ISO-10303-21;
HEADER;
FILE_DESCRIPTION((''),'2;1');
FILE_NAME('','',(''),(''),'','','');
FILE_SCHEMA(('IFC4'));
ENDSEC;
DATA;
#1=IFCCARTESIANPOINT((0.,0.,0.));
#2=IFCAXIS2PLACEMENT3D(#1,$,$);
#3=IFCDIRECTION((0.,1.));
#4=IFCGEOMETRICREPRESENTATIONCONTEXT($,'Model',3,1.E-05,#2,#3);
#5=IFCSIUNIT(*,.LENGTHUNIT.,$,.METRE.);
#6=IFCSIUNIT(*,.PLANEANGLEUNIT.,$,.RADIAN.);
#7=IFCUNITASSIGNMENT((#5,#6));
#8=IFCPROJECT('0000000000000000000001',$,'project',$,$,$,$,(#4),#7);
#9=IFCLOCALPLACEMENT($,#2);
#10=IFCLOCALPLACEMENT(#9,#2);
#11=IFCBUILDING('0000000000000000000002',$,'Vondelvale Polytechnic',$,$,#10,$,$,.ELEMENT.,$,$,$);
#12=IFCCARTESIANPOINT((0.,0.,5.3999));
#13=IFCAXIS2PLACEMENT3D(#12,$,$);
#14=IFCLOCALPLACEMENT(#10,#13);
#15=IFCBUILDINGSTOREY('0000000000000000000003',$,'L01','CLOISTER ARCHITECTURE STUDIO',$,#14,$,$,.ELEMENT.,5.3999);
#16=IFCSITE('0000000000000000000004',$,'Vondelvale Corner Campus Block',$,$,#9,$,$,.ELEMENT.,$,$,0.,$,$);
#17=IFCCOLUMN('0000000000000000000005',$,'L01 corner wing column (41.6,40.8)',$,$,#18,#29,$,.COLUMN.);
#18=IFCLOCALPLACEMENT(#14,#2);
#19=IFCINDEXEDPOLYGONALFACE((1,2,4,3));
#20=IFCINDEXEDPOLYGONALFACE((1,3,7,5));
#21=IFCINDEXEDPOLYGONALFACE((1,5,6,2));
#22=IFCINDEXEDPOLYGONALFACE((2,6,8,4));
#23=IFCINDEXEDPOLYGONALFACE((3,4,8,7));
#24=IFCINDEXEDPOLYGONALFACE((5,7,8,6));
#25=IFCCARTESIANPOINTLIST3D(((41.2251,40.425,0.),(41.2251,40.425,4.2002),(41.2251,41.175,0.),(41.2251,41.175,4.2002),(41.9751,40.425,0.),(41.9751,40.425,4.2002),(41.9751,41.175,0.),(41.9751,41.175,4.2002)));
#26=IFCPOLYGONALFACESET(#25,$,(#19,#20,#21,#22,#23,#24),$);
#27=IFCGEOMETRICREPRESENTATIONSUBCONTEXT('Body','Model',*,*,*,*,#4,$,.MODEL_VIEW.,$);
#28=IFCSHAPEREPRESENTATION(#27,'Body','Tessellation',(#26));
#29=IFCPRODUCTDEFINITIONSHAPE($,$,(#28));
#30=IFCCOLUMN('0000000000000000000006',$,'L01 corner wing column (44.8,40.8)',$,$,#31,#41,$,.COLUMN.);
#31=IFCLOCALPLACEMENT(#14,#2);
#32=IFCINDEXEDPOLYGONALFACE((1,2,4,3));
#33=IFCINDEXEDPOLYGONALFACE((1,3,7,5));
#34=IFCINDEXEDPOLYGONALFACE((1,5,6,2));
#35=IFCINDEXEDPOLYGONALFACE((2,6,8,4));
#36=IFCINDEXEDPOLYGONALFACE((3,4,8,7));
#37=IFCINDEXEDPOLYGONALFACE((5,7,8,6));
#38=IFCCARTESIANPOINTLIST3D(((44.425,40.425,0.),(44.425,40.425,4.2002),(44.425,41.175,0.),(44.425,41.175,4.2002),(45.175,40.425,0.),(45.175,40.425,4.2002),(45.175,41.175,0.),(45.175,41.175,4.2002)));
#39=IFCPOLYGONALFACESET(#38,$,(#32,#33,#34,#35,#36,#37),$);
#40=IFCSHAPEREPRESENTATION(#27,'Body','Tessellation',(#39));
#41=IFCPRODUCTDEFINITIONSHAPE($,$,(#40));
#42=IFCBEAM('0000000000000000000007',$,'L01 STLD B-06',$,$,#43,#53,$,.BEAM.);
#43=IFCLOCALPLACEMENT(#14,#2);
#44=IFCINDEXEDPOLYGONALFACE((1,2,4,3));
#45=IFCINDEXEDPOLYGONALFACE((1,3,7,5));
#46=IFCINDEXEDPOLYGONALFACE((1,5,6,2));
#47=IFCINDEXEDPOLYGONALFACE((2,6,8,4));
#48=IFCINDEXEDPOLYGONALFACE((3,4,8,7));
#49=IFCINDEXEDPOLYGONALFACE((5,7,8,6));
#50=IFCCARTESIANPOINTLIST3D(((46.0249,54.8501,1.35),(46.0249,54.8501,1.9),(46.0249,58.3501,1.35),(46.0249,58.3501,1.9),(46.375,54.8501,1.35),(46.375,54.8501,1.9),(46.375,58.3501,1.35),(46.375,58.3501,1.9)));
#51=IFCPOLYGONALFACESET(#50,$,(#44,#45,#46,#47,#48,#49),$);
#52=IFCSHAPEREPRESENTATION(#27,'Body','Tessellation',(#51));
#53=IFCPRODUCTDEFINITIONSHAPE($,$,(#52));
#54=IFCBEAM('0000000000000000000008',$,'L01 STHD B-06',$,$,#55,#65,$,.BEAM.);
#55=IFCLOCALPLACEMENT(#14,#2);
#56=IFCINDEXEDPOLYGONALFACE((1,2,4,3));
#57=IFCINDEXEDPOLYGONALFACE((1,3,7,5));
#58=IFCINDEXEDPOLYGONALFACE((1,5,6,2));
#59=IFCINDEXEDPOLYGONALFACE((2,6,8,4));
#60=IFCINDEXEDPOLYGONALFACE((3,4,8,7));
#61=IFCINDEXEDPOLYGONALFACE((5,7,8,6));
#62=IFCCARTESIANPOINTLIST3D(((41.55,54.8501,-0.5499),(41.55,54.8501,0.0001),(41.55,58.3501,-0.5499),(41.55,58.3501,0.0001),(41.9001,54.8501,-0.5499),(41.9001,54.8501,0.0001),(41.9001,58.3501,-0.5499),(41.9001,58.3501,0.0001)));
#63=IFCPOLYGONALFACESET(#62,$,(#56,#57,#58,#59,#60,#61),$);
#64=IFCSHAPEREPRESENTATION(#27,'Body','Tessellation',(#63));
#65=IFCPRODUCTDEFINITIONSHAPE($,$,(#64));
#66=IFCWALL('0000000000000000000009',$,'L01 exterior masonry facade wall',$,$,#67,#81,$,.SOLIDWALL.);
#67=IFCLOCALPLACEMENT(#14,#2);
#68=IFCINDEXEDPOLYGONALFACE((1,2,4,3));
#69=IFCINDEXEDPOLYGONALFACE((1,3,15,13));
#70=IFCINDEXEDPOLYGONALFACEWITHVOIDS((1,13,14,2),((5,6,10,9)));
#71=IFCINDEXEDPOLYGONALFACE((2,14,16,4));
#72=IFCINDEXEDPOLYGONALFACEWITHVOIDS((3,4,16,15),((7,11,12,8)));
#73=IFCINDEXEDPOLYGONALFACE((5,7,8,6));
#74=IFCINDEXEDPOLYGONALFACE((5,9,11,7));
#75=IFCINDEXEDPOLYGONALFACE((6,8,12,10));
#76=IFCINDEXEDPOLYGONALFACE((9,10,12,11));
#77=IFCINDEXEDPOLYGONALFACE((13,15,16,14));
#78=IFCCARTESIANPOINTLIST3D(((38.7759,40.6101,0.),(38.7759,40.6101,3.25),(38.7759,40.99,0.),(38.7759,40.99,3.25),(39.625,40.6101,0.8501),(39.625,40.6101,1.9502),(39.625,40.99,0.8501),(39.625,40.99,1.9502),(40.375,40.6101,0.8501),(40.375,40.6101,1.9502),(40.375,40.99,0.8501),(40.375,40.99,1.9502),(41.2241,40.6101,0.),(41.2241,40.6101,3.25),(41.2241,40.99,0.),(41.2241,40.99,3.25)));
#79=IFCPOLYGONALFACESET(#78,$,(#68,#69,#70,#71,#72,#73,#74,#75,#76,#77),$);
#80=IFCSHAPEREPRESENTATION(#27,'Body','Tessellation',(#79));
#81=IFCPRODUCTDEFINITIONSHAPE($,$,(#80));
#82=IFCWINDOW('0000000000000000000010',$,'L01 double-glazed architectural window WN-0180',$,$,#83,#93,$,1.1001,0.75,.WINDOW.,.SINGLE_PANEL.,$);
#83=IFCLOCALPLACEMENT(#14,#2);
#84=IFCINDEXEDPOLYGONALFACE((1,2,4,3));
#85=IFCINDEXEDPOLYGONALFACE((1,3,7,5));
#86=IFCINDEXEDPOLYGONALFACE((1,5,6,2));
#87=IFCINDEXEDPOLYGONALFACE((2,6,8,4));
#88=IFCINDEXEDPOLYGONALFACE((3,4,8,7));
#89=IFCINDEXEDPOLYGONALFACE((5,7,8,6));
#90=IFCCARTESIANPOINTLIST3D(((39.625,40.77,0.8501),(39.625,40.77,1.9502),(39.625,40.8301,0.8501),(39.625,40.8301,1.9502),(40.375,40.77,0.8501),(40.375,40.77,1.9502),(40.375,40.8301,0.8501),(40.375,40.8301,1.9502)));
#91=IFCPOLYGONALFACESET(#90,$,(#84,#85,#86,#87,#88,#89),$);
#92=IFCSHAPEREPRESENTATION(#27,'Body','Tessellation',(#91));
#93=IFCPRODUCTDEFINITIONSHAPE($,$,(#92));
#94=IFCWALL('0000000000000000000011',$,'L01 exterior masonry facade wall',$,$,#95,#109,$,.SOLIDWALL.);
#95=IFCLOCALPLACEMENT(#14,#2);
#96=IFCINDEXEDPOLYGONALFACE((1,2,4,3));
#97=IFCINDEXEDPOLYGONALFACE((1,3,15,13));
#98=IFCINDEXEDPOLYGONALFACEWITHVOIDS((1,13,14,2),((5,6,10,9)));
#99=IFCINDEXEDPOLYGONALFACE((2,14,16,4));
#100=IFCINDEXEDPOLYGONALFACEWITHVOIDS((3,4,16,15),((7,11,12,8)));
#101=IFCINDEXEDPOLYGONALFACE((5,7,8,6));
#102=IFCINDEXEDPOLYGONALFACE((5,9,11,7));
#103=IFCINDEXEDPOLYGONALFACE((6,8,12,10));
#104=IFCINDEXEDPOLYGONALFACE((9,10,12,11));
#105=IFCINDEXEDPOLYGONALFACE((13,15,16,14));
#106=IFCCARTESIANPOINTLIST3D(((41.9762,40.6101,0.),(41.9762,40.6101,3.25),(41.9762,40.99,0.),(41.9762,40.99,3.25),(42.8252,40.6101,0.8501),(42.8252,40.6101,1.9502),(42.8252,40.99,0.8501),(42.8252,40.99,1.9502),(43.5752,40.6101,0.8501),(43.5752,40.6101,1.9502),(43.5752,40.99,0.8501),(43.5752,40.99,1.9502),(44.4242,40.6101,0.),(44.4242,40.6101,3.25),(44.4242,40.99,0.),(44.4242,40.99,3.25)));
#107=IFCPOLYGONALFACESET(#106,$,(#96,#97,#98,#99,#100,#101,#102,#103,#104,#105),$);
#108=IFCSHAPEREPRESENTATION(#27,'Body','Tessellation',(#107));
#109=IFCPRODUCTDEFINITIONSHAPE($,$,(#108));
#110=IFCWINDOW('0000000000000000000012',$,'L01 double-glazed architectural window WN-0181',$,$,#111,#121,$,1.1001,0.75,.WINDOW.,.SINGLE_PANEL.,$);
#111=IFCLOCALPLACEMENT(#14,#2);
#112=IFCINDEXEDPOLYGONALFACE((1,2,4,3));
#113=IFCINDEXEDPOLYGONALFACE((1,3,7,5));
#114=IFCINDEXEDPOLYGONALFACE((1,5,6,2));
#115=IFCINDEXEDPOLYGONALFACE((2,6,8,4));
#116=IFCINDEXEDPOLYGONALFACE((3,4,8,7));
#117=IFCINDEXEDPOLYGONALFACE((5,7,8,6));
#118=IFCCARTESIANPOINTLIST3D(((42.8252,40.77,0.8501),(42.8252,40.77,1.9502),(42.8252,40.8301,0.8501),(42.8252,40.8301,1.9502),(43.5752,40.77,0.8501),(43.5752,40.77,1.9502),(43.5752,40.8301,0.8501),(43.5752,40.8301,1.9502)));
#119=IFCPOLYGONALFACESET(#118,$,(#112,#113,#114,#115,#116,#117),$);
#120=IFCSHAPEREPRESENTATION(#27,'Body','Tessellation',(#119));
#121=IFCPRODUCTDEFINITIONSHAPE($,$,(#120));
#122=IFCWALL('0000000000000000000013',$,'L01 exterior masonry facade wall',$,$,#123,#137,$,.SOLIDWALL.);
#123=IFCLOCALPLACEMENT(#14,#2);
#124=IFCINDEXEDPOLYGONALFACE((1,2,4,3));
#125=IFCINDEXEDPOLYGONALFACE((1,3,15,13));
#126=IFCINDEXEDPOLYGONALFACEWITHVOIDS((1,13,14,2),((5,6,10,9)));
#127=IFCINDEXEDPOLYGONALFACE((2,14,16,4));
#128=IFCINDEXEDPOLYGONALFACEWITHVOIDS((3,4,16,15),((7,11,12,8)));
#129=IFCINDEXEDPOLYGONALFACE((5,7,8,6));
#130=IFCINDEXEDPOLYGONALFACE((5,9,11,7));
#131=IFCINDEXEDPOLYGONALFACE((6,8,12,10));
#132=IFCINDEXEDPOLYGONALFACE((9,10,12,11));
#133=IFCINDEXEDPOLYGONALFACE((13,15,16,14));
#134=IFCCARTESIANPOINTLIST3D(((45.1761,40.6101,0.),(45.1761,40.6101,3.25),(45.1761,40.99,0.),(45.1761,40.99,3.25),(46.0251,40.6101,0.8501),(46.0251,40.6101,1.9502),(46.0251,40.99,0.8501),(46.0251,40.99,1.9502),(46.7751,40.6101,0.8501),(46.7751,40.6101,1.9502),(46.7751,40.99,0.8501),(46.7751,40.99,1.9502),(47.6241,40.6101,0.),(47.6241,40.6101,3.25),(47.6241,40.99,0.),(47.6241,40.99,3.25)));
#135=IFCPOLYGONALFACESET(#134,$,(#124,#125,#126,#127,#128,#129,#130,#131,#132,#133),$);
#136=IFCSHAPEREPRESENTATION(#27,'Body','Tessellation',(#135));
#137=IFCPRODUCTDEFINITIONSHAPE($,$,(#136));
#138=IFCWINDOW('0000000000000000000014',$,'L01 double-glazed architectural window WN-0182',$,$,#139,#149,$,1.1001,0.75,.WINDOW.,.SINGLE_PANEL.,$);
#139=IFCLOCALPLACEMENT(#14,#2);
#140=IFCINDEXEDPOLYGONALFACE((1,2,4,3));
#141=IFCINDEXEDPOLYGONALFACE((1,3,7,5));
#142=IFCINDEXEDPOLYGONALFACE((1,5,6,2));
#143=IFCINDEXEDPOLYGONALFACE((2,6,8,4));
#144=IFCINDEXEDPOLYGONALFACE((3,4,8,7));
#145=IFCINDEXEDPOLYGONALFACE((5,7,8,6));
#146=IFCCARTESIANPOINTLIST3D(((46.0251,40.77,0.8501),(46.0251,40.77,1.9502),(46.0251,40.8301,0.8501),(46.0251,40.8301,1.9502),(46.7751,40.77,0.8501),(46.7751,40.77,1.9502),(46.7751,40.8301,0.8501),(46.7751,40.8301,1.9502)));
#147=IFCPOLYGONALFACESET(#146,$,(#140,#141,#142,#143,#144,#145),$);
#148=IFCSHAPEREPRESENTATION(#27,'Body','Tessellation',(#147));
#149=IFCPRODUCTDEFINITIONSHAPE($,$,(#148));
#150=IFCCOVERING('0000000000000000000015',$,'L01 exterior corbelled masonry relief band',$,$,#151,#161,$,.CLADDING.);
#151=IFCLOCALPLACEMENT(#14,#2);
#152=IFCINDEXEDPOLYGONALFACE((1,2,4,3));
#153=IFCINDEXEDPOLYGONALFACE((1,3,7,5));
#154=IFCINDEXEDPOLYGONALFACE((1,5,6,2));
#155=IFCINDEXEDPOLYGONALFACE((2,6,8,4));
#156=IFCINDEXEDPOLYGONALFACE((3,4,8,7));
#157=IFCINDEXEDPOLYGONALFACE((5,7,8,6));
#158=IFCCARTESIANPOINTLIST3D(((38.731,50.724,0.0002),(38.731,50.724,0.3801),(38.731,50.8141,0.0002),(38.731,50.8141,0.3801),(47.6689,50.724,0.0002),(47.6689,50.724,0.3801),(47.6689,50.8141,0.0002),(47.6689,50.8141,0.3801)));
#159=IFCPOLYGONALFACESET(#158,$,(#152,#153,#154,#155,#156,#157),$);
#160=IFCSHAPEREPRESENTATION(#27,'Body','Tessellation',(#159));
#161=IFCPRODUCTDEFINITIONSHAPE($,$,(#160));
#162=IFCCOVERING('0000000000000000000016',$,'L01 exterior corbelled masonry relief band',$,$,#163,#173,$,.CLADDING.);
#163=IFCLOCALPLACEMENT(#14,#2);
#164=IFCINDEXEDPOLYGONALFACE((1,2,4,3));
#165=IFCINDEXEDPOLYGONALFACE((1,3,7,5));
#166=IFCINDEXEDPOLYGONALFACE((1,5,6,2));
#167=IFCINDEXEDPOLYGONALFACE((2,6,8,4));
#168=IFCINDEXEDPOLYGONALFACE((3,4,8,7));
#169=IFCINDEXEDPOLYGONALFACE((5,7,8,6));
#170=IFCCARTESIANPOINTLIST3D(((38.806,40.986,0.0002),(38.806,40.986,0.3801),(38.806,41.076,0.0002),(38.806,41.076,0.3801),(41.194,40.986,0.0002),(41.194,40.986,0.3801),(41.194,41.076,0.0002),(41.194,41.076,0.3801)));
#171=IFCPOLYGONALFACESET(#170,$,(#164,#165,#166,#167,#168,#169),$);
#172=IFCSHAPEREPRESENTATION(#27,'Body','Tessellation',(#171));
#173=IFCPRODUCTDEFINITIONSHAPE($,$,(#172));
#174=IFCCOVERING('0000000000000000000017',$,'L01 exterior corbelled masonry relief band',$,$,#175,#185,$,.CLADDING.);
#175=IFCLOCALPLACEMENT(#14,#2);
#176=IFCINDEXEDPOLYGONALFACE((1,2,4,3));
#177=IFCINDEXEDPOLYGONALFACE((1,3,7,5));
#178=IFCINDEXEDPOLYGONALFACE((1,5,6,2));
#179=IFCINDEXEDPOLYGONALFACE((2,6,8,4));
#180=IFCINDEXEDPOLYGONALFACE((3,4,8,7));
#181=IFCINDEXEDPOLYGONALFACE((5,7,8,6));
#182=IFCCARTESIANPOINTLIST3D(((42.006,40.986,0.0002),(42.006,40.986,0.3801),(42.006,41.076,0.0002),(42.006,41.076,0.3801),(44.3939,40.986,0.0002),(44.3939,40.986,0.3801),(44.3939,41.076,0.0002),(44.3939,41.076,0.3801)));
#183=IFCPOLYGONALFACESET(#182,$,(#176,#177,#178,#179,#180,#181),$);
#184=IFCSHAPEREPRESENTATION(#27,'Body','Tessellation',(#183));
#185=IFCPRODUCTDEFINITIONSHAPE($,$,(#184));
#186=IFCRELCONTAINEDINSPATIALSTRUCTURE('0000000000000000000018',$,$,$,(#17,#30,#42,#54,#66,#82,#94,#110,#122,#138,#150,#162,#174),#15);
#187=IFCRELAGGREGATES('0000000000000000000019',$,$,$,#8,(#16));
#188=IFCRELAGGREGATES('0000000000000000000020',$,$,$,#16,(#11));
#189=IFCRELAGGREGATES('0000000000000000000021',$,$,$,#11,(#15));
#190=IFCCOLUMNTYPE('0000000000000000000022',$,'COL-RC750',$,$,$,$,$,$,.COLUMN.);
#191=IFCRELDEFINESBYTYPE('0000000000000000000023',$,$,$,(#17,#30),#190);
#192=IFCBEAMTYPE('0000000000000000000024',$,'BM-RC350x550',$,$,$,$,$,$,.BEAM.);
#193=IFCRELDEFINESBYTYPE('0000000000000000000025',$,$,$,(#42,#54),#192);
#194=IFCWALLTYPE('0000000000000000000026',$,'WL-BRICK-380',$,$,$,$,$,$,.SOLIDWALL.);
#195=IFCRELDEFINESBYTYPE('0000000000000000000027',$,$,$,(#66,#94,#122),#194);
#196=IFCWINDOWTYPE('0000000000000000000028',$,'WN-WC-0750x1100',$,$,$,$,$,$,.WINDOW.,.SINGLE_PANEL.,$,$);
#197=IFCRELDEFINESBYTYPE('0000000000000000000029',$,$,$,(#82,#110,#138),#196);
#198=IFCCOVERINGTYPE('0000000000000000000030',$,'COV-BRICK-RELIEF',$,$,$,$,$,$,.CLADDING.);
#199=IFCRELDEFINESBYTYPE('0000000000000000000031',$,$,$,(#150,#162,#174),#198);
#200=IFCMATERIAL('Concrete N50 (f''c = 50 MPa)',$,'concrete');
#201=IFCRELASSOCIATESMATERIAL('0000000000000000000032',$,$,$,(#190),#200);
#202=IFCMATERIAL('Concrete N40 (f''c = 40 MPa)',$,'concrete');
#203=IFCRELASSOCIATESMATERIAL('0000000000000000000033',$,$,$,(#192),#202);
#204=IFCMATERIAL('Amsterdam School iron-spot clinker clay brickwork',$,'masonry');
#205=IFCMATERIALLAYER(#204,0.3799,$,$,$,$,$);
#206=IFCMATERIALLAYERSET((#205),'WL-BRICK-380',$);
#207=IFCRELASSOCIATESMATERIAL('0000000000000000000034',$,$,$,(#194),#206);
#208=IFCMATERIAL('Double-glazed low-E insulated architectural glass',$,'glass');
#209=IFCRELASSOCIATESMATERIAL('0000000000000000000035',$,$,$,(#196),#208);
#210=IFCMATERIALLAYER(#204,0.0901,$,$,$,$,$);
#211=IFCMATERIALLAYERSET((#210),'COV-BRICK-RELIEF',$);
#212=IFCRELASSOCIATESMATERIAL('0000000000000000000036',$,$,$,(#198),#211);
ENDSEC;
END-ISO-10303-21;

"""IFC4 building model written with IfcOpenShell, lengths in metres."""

from ifc_helpers import new_model, si_unit, direction, frame, frame_2d, origin, origin_2d, place, context, subcontext, project, spatial, rectangle, extrude, material, layer, layer_set, material_profile, profile_set, type_object, element, fill, save


model = new_model("IFC4")

# Units and contexts
model_context = context("Model", 3, precision=1e-05, world=origin(), true_north=direction((0.0, 1.0)))
body_context = subcontext(model_context, "Body", "Model", "MODEL_VIEW")
ifc_project = project(units=[si_unit("LENGTHUNIT", "METRE"), si_unit("PLANEANGLEUNIT", "RADIAN")], contexts=[model_context])

# Site, building, storey
site_placement = place(None, origin())
site = spatial("IfcSite", under=ifc_project, at=site_placement, Name="Vondelvale Corner Campus Block", CompositionType="ELEMENT", RefElevation=0.0)
building_placement = place(site_placement, origin())
building = spatial("IfcBuilding", under=site, at=building_placement, Name="Vondelvale Polytechnic", CompositionType="ELEMENT")
storey_placement = place(building_placement, frame((0.0, 0.0, 5.3999)))
storey = spatial("IfcBuildingStorey", under=building, at=storey_placement, Name="L01", Description="CLOISTER ARCHITECTURE STUDIO", CompositionType="ELEMENT", Elevation=5.3999)

# Columns
ifc_material_1 = material(Name="Concrete N50 (f'c = 50 MPa)", Category="concrete")
ifc_material_profile_1 = material_profile(ifc_material_1, rectangle(XDim=0.75, YDim=0.75, at=origin_2d()), Name="RC-COL-750x750")
ifc_profile_set_1 = profile_set([ifc_material_profile_1], Name="Concrete N50 (f'c = 50 MPa)")
column_type = type_object("IfcColumnType", Name="COL-RC750", PredefinedType="COLUMN", material=ifc_profile_set_1)
for number, where, z_axis, x_axis, name in (
    (1, (41.6001, 40.8, 0.0), (0.0, 0.0, 1.0), (1.0, 0.0, 0.0), "L01 corner wing column (41.6,40.8)"),
    (2, (44.8, 40.8, 0.0), (0.0, 0.0, 1.0), (1.0, 0.0, 0.0), "L01 corner wing column (44.8,40.8)"),
):
    element("IfcColumn", number, at=place(storey_placement, frame(where, z_axis=z_axis, x_axis=x_axis)), inside=storey, type_object=column_type, Name=name, PredefinedType="COLUMN", context=body_context, shape_type="SweptSolid", body=[
        extrude(rectangle(XDim=0.75, YDim=0.75, at=origin_2d()), origin(), (0.0, 0.0, 1.0), 4.2002),
    ])

# Beams
ifc_material_2 = material(Name="Concrete N40 (f'c = 40 MPa)", Category="concrete")
ifc_material_profile_2 = material_profile(ifc_material_2, rectangle(XDim=0.3501, YDim=0.55, at=origin_2d()), Name="RC-BM-350x550")
ifc_profile_set_2 = profile_set([ifc_material_profile_2], Name="Concrete N40 (f'c = 40 MPa)")
beam_type = type_object("IfcBeamType", Name="BM-RC350x550", PredefinedType="BEAM", material=ifc_profile_set_2)
for number, where, z_axis, x_axis, name in (
    (3, (46.2, 54.8501, 1.625), (0.0, 1.0, 0.0), (-1.0, 0.0, 0.0), "L01 STLD B-06"),
    (4, (41.7251, 54.8501, -0.2749), (0.0, 1.0, 0.0), (-1.0, 0.0, 0.0), "L01 STHD B-06"),
):
    element("IfcBeam", number, at=place(storey_placement, frame(where, z_axis=z_axis, x_axis=x_axis)), inside=storey, type_object=beam_type, Name=name, PredefinedType="BEAM", context=body_context, shape_type="SweptSolid", body=[
        extrude(rectangle(XDim=0.3501, YDim=0.55, at=origin_2d()), origin(), (0.0, 0.0, 1.0), 3.5),
    ])

# Walls, openings, windows
ifc_material_3 = material(Name="Amsterdam School iron-spot clinker clay brickwork", Category="masonry")
ifc_layer_1 = layer(ifc_material_3, 0.3799)
ifc_layer_set_1 = layer_set([ifc_layer_1], Name="WL-BRICK-380")
wall_type = type_object("IfcWallType", Name="WL-BRICK-380", PredefinedType="SOLIDWALL", material=ifc_layer_set_1)
wall_1_placement = place(storey_placement, frame((38.7759, 40.8, 0.0), z_axis=(0.0, 0.0, 1.0), x_axis=(1.0, 0.0, 0.0)))
wall_1 = element("IfcWall", 5, at=wall_1_placement, inside=storey, type_object=wall_type, Name="L01 exterior masonry facade wall", PredefinedType="SOLIDWALL", context=body_context, shape_type="SweptSolid", body=[
    extrude(rectangle(XDim=2.4482, YDim=0.3799, at=frame_2d((1.2241, 0.0))), origin(), (0.0, 0.0, 1.0), 3.25),
])
opening_1_placement = place(wall_1_placement, frame((0.8491, 0.0, 0.8501)))
opening_1 = element("IfcOpeningElement", 6, at=opening_1_placement, cuts=wall_1, PredefinedType="OPENING", context=body_context, shape_type="SweptSolid", body=[
    extrude(rectangle(XDim=0.75, YDim=1.1001, at=frame_2d((0.375, 0.55))), frame((0.0, 0.2, 0.0), z_axis=(0.0, -1.0, 0.0), x_axis=(1.0, 0.0, 0.0)), (0.0, 0.0, 1.0), 0.3999),
])
ifc_material_4 = material(Name="Double-glazed low-E insulated architectural glass", Category="glass")
window_type = type_object("IfcWindowType", Name="WN-WC-0750x1100", PartitioningType="SINGLE_PANEL", PredefinedType="WINDOW", material=ifc_material_4)
window_1_placement = place(opening_1_placement, origin())
window_1 = element("IfcWindow", 7, at=window_1_placement, inside=storey, type_object=window_type, Name="L01 double-glazed architectural window WN-0180", OverallHeight=1.1001, OverallWidth=0.75, PartitioningType="SINGLE_PANEL", PredefinedType="WINDOW", context=body_context, shape_type="SweptSolid", body=[
    extrude(rectangle(XDim=0.75, YDim=1.1001, at=frame_2d((0.375, 0.55))), frame((0.0, 0.03, 0.0), z_axis=(0.0, -1.0, 0.0), x_axis=(1.0, 0.0, 0.0)), (0.0, 0.0, 1.0), 0.0601),
])
fill(opening_1, window_1)
wall_2_placement = place(storey_placement, frame((41.9761, 40.8, 0.0), z_axis=(0.0, 0.0, 1.0), x_axis=(1.0, 0.0, 0.0)))
wall_2 = element("IfcWall", 8, at=wall_2_placement, inside=storey, type_object=wall_type, Name="L01 exterior masonry facade wall", PredefinedType="SOLIDWALL", context=body_context, shape_type="SweptSolid", body=[
    extrude(rectangle(XDim=2.448, YDim=0.3799, at=frame_2d((1.2241, 0.0))), origin(), (0.0, 0.0, 1.0), 3.25),
])
opening_2_placement = place(wall_2_placement, frame((0.8491, 0.0, 0.8501)))
opening_2 = element("IfcOpeningElement", 9, at=opening_2_placement, cuts=wall_2, PredefinedType="OPENING", context=body_context, shape_type="SweptSolid", body=[
    extrude(rectangle(XDim=0.75, YDim=1.1001, at=frame_2d((0.375, 0.55))), frame((0.0, 0.2, 0.0), z_axis=(0.0, -1.0, 0.0), x_axis=(1.0, 0.0, 0.0)), (0.0, 0.0, 1.0), 0.3999),
])
window_2_placement = place(opening_2_placement, origin())
window_2 = element("IfcWindow", 10, at=window_2_placement, inside=storey, type_object=window_type, Name="L01 double-glazed architectural window WN-0181", OverallHeight=1.1001, OverallWidth=0.75, PartitioningType="SINGLE_PANEL", PredefinedType="WINDOW", context=body_context, shape_type="SweptSolid", body=[
    extrude(rectangle(XDim=0.75, YDim=1.1001, at=frame_2d((0.375, 0.55))), frame((0.0, 0.03, 0.0), z_axis=(0.0, -1.0, 0.0), x_axis=(1.0, 0.0, 0.0)), (0.0, 0.0, 1.0), 0.0601),
])
fill(opening_2, window_2)
wall_3_placement = place(storey_placement, frame((45.176, 40.8, 0.0), z_axis=(0.0, 0.0, 1.0), x_axis=(1.0, 0.0, 0.0)))
wall_3 = element("IfcWall", 11, at=wall_3_placement, inside=storey, type_object=wall_type, Name="L01 exterior masonry facade wall", PredefinedType="SOLIDWALL", context=body_context, shape_type="SweptSolid", body=[
    extrude(rectangle(XDim=2.448, YDim=0.3799, at=frame_2d((1.2241, 0.0))), origin(), (0.0, 0.0, 1.0), 3.25),
])
opening_3_placement = place(wall_3_placement, frame((0.8491, 0.0, 0.8501)))
opening_3 = element("IfcOpeningElement", 12, at=opening_3_placement, cuts=wall_3, PredefinedType="OPENING", context=body_context, shape_type="SweptSolid", body=[
    extrude(rectangle(XDim=0.75, YDim=1.1001, at=frame_2d((0.375, 0.55))), frame((0.0, 0.2, 0.0), z_axis=(0.0, -1.0, 0.0), x_axis=(1.0, 0.0, 0.0)), (0.0, 0.0, 1.0), 0.3999),
])
window_3_placement = place(opening_3_placement, origin())
window_3 = element("IfcWindow", 13, at=window_3_placement, inside=storey, type_object=window_type, Name="L01 double-glazed architectural window WN-0182", OverallHeight=1.1001, OverallWidth=0.75, PartitioningType="SINGLE_PANEL", PredefinedType="WINDOW", context=body_context, shape_type="SweptSolid", body=[
    extrude(rectangle(XDim=0.75, YDim=1.1001, at=frame_2d((0.375, 0.55))), frame((0.0, 0.03, 0.0), z_axis=(0.0, -1.0, 0.0), x_axis=(1.0, 0.0, 0.0)), (0.0, 0.0, 1.0), 0.0601),
])
fill(opening_3, window_3)

# Coverings
ifc_layer_2 = layer(ifc_material_3, 0.0901)
ifc_layer_set_2 = layer_set([ifc_layer_2], Name="COV-BRICK-RELIEF")
covering_type = type_object("IfcCoveringType", Name="COV-BRICK-RELIEF", PredefinedType="CLADDING", material=ifc_layer_set_2)
covering_placement = place(storey_placement, frame((43.2, 50.769, 0.0002), z_axis=(0.0, 0.0, 1.0), x_axis=(-1.0, 0.0, 0.0)))
element("IfcCovering", 14, at=covering_placement, inside=storey, type_object=covering_type, Name="L01 exterior corbelled masonry relief band", PredefinedType="CLADDING", context=body_context, shape_type="SweptSolid", body=[
    extrude(rectangle(XDim=8.938, YDim=0.0901, at=origin_2d()), origin(), (0.0, 0.0, 1.0), 0.3799),
])
for number, where, z_axis, x_axis, name in (
    (15, (40.0, 41.031, 0.0002), (0.0, 0.0, 1.0), (1.0, 0.0, 0.0), "L01 exterior corbelled masonry relief band"),
    (16, (43.2, 41.031, 0.0002), (0.0, 0.0, 1.0), (1.0, 0.0, 0.0), "L01 exterior corbelled masonry relief band"),
):
    element("IfcCovering", number, at=place(storey_placement, frame(where, z_axis=z_axis, x_axis=x_axis)), inside=storey, type_object=covering_type, Name=name, PredefinedType="CLADDING", context=body_context, shape_type="SweptSolid", body=[
        extrude(rectangle(XDim=2.3879, YDim=0.0901, at=origin_2d()), origin(), (0.0, 0.0, 1.0), 0.3799),
    ])

save(model, "model.ifc")
